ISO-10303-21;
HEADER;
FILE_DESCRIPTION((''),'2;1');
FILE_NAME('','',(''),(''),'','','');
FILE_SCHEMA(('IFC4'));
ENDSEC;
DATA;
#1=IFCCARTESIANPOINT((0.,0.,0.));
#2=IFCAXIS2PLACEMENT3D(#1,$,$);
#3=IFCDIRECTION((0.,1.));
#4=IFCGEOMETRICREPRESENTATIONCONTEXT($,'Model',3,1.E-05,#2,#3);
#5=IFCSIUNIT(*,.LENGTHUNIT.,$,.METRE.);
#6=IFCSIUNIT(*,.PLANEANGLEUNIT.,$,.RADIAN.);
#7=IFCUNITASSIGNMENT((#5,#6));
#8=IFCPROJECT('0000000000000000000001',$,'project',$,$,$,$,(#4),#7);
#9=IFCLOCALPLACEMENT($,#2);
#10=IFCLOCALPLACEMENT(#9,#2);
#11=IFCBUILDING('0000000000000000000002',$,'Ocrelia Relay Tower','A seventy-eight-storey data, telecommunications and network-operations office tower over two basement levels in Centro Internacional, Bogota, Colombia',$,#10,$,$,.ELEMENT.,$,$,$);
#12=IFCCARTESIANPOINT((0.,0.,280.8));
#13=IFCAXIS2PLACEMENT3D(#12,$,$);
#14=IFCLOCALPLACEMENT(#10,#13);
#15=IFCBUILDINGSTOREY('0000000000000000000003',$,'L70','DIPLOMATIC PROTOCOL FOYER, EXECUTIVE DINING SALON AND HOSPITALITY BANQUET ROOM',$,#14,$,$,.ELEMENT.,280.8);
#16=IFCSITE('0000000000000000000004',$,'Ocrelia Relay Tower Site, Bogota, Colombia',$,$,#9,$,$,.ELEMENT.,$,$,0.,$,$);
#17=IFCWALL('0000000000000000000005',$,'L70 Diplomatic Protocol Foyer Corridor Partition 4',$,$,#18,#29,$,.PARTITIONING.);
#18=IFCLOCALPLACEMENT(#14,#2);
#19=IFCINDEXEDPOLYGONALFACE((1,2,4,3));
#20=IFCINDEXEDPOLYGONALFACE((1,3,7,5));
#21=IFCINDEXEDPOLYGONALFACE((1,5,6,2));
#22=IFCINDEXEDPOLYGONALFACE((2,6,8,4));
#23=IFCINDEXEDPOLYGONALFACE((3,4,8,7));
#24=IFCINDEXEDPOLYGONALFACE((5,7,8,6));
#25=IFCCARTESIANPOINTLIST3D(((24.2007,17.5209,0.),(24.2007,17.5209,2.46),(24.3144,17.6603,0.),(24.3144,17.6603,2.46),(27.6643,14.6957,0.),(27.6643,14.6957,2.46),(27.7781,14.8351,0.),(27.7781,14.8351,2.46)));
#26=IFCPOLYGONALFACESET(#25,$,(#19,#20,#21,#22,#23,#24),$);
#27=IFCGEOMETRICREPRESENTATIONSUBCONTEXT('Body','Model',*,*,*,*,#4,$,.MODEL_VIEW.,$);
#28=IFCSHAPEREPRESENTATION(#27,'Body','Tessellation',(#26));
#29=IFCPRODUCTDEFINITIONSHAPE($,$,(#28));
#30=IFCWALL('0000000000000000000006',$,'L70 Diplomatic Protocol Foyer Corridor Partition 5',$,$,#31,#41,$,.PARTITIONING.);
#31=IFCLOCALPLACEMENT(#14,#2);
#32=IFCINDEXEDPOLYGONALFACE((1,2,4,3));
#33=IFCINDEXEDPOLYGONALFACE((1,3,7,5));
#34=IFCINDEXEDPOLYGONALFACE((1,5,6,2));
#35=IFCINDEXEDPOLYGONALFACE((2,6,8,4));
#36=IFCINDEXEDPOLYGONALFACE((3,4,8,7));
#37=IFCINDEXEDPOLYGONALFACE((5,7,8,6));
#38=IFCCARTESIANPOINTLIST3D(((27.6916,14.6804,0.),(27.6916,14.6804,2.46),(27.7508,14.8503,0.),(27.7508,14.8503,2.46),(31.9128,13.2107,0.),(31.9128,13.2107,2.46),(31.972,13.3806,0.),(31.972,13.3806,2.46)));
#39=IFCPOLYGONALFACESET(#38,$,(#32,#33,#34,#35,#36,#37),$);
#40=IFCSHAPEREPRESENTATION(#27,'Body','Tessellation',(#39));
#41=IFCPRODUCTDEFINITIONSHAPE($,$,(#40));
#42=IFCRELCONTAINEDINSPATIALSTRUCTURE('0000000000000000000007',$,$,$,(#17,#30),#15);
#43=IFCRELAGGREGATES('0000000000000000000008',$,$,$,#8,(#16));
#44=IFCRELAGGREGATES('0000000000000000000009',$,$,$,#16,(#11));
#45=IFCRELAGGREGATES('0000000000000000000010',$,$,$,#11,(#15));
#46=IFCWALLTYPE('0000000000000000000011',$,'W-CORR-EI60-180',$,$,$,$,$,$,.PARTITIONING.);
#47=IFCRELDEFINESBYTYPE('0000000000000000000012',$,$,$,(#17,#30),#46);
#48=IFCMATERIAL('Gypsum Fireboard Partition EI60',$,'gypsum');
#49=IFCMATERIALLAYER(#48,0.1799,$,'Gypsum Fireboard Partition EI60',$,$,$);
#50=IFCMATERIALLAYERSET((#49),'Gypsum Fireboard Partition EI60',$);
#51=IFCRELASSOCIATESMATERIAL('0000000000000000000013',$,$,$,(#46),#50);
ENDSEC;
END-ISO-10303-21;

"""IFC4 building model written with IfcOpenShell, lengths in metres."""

from ifc_helpers import new_model, si_unit, direction, frame, frame_2d, origin, place, context, subcontext, project, spatial, rectangle, extrude, material, layer, layer_set, type_object, element, save


model = new_model("IFC4")

# Units and contexts
model_context = context("Model", 3, precision=1e-05, world=origin(), true_north=direction((0.0, 1.0)))
body_context = subcontext(model_context, "Body", "Model", "MODEL_VIEW")
ifc_project = project(units=[si_unit("LENGTHUNIT", "METRE"), si_unit("PLANEANGLEUNIT", "RADIAN")], contexts=[model_context])

# Site, building, storey
site_placement = place(None, origin())
site = spatial("IfcSite", under=ifc_project, at=site_placement, Name="Ocrelia Relay Tower Site, Bogota, Colombia", CompositionType="ELEMENT", RefElevation=0.0)
building_placement = place(site_placement, origin())
building = spatial("IfcBuilding", under=site, at=building_placement, Name="Ocrelia Relay Tower", Description="A seventy-eight-storey data, telecommunications and network-operations office tower over two basement levels in Centro Internacional, Bogota, Colombia", CompositionType="ELEMENT")
storey_placement = place(building_placement, frame((0.0, 0.0, 280.8)))
storey = spatial("IfcBuildingStorey", under=building, at=storey_placement, Name="L70", Description="DIPLOMATIC PROTOCOL FOYER, EXECUTIVE DINING SALON AND HOSPITALITY BANQUET ROOM", CompositionType="ELEMENT", Elevation=280.8)

# Shared definitions
ifc_material_1 = material(Name="Gypsum Fireboard Partition EI60", Category="gypsum")
ifc_layer_1 = layer(ifc_material_1, 0.1799, Name="Gypsum Fireboard Partition EI60")
ifc_layer_set_1 = layer_set([ifc_layer_1], Name="Gypsum Fireboard Partition EI60")
wall_type_1 = type_object("IfcWallType", Name="W-CORR-EI60-180", PredefinedType="PARTITIONING", material=ifc_layer_set_1)

# Walls
for number, where, z_axis, x_axis, name in (
    (1, (24.2576, 17.5906, 0.0), (0.0, 0.0, 1.0), (0.774908, -0.632074, 0.0), "L70 Diplomatic Protocol Foyer Corridor Partition 4"),
    (2, (27.7212, 14.7654, 0.0), (0.0, 0.0, 1.0), (0.944394, -0.328817, 0.0), "L70 Diplomatic Protocol Foyer Corridor Partition 5"),
):
    element("IfcWall", number, at=place(storey_placement, frame(where, z_axis=z_axis, x_axis=x_axis)), inside=storey, type_object=wall_type_1, Name=name, PredefinedType="PARTITIONING", context=body_context, shape_type="SweptSolid", body=[
        extrude(rectangle(XDim=4.4697, YDim=0.1799, at=frame_2d((2.2349, 0.0))), origin(), (0.0, 0.0, 1.0), 2.46),
    ])

save(model, "model.ifc")
